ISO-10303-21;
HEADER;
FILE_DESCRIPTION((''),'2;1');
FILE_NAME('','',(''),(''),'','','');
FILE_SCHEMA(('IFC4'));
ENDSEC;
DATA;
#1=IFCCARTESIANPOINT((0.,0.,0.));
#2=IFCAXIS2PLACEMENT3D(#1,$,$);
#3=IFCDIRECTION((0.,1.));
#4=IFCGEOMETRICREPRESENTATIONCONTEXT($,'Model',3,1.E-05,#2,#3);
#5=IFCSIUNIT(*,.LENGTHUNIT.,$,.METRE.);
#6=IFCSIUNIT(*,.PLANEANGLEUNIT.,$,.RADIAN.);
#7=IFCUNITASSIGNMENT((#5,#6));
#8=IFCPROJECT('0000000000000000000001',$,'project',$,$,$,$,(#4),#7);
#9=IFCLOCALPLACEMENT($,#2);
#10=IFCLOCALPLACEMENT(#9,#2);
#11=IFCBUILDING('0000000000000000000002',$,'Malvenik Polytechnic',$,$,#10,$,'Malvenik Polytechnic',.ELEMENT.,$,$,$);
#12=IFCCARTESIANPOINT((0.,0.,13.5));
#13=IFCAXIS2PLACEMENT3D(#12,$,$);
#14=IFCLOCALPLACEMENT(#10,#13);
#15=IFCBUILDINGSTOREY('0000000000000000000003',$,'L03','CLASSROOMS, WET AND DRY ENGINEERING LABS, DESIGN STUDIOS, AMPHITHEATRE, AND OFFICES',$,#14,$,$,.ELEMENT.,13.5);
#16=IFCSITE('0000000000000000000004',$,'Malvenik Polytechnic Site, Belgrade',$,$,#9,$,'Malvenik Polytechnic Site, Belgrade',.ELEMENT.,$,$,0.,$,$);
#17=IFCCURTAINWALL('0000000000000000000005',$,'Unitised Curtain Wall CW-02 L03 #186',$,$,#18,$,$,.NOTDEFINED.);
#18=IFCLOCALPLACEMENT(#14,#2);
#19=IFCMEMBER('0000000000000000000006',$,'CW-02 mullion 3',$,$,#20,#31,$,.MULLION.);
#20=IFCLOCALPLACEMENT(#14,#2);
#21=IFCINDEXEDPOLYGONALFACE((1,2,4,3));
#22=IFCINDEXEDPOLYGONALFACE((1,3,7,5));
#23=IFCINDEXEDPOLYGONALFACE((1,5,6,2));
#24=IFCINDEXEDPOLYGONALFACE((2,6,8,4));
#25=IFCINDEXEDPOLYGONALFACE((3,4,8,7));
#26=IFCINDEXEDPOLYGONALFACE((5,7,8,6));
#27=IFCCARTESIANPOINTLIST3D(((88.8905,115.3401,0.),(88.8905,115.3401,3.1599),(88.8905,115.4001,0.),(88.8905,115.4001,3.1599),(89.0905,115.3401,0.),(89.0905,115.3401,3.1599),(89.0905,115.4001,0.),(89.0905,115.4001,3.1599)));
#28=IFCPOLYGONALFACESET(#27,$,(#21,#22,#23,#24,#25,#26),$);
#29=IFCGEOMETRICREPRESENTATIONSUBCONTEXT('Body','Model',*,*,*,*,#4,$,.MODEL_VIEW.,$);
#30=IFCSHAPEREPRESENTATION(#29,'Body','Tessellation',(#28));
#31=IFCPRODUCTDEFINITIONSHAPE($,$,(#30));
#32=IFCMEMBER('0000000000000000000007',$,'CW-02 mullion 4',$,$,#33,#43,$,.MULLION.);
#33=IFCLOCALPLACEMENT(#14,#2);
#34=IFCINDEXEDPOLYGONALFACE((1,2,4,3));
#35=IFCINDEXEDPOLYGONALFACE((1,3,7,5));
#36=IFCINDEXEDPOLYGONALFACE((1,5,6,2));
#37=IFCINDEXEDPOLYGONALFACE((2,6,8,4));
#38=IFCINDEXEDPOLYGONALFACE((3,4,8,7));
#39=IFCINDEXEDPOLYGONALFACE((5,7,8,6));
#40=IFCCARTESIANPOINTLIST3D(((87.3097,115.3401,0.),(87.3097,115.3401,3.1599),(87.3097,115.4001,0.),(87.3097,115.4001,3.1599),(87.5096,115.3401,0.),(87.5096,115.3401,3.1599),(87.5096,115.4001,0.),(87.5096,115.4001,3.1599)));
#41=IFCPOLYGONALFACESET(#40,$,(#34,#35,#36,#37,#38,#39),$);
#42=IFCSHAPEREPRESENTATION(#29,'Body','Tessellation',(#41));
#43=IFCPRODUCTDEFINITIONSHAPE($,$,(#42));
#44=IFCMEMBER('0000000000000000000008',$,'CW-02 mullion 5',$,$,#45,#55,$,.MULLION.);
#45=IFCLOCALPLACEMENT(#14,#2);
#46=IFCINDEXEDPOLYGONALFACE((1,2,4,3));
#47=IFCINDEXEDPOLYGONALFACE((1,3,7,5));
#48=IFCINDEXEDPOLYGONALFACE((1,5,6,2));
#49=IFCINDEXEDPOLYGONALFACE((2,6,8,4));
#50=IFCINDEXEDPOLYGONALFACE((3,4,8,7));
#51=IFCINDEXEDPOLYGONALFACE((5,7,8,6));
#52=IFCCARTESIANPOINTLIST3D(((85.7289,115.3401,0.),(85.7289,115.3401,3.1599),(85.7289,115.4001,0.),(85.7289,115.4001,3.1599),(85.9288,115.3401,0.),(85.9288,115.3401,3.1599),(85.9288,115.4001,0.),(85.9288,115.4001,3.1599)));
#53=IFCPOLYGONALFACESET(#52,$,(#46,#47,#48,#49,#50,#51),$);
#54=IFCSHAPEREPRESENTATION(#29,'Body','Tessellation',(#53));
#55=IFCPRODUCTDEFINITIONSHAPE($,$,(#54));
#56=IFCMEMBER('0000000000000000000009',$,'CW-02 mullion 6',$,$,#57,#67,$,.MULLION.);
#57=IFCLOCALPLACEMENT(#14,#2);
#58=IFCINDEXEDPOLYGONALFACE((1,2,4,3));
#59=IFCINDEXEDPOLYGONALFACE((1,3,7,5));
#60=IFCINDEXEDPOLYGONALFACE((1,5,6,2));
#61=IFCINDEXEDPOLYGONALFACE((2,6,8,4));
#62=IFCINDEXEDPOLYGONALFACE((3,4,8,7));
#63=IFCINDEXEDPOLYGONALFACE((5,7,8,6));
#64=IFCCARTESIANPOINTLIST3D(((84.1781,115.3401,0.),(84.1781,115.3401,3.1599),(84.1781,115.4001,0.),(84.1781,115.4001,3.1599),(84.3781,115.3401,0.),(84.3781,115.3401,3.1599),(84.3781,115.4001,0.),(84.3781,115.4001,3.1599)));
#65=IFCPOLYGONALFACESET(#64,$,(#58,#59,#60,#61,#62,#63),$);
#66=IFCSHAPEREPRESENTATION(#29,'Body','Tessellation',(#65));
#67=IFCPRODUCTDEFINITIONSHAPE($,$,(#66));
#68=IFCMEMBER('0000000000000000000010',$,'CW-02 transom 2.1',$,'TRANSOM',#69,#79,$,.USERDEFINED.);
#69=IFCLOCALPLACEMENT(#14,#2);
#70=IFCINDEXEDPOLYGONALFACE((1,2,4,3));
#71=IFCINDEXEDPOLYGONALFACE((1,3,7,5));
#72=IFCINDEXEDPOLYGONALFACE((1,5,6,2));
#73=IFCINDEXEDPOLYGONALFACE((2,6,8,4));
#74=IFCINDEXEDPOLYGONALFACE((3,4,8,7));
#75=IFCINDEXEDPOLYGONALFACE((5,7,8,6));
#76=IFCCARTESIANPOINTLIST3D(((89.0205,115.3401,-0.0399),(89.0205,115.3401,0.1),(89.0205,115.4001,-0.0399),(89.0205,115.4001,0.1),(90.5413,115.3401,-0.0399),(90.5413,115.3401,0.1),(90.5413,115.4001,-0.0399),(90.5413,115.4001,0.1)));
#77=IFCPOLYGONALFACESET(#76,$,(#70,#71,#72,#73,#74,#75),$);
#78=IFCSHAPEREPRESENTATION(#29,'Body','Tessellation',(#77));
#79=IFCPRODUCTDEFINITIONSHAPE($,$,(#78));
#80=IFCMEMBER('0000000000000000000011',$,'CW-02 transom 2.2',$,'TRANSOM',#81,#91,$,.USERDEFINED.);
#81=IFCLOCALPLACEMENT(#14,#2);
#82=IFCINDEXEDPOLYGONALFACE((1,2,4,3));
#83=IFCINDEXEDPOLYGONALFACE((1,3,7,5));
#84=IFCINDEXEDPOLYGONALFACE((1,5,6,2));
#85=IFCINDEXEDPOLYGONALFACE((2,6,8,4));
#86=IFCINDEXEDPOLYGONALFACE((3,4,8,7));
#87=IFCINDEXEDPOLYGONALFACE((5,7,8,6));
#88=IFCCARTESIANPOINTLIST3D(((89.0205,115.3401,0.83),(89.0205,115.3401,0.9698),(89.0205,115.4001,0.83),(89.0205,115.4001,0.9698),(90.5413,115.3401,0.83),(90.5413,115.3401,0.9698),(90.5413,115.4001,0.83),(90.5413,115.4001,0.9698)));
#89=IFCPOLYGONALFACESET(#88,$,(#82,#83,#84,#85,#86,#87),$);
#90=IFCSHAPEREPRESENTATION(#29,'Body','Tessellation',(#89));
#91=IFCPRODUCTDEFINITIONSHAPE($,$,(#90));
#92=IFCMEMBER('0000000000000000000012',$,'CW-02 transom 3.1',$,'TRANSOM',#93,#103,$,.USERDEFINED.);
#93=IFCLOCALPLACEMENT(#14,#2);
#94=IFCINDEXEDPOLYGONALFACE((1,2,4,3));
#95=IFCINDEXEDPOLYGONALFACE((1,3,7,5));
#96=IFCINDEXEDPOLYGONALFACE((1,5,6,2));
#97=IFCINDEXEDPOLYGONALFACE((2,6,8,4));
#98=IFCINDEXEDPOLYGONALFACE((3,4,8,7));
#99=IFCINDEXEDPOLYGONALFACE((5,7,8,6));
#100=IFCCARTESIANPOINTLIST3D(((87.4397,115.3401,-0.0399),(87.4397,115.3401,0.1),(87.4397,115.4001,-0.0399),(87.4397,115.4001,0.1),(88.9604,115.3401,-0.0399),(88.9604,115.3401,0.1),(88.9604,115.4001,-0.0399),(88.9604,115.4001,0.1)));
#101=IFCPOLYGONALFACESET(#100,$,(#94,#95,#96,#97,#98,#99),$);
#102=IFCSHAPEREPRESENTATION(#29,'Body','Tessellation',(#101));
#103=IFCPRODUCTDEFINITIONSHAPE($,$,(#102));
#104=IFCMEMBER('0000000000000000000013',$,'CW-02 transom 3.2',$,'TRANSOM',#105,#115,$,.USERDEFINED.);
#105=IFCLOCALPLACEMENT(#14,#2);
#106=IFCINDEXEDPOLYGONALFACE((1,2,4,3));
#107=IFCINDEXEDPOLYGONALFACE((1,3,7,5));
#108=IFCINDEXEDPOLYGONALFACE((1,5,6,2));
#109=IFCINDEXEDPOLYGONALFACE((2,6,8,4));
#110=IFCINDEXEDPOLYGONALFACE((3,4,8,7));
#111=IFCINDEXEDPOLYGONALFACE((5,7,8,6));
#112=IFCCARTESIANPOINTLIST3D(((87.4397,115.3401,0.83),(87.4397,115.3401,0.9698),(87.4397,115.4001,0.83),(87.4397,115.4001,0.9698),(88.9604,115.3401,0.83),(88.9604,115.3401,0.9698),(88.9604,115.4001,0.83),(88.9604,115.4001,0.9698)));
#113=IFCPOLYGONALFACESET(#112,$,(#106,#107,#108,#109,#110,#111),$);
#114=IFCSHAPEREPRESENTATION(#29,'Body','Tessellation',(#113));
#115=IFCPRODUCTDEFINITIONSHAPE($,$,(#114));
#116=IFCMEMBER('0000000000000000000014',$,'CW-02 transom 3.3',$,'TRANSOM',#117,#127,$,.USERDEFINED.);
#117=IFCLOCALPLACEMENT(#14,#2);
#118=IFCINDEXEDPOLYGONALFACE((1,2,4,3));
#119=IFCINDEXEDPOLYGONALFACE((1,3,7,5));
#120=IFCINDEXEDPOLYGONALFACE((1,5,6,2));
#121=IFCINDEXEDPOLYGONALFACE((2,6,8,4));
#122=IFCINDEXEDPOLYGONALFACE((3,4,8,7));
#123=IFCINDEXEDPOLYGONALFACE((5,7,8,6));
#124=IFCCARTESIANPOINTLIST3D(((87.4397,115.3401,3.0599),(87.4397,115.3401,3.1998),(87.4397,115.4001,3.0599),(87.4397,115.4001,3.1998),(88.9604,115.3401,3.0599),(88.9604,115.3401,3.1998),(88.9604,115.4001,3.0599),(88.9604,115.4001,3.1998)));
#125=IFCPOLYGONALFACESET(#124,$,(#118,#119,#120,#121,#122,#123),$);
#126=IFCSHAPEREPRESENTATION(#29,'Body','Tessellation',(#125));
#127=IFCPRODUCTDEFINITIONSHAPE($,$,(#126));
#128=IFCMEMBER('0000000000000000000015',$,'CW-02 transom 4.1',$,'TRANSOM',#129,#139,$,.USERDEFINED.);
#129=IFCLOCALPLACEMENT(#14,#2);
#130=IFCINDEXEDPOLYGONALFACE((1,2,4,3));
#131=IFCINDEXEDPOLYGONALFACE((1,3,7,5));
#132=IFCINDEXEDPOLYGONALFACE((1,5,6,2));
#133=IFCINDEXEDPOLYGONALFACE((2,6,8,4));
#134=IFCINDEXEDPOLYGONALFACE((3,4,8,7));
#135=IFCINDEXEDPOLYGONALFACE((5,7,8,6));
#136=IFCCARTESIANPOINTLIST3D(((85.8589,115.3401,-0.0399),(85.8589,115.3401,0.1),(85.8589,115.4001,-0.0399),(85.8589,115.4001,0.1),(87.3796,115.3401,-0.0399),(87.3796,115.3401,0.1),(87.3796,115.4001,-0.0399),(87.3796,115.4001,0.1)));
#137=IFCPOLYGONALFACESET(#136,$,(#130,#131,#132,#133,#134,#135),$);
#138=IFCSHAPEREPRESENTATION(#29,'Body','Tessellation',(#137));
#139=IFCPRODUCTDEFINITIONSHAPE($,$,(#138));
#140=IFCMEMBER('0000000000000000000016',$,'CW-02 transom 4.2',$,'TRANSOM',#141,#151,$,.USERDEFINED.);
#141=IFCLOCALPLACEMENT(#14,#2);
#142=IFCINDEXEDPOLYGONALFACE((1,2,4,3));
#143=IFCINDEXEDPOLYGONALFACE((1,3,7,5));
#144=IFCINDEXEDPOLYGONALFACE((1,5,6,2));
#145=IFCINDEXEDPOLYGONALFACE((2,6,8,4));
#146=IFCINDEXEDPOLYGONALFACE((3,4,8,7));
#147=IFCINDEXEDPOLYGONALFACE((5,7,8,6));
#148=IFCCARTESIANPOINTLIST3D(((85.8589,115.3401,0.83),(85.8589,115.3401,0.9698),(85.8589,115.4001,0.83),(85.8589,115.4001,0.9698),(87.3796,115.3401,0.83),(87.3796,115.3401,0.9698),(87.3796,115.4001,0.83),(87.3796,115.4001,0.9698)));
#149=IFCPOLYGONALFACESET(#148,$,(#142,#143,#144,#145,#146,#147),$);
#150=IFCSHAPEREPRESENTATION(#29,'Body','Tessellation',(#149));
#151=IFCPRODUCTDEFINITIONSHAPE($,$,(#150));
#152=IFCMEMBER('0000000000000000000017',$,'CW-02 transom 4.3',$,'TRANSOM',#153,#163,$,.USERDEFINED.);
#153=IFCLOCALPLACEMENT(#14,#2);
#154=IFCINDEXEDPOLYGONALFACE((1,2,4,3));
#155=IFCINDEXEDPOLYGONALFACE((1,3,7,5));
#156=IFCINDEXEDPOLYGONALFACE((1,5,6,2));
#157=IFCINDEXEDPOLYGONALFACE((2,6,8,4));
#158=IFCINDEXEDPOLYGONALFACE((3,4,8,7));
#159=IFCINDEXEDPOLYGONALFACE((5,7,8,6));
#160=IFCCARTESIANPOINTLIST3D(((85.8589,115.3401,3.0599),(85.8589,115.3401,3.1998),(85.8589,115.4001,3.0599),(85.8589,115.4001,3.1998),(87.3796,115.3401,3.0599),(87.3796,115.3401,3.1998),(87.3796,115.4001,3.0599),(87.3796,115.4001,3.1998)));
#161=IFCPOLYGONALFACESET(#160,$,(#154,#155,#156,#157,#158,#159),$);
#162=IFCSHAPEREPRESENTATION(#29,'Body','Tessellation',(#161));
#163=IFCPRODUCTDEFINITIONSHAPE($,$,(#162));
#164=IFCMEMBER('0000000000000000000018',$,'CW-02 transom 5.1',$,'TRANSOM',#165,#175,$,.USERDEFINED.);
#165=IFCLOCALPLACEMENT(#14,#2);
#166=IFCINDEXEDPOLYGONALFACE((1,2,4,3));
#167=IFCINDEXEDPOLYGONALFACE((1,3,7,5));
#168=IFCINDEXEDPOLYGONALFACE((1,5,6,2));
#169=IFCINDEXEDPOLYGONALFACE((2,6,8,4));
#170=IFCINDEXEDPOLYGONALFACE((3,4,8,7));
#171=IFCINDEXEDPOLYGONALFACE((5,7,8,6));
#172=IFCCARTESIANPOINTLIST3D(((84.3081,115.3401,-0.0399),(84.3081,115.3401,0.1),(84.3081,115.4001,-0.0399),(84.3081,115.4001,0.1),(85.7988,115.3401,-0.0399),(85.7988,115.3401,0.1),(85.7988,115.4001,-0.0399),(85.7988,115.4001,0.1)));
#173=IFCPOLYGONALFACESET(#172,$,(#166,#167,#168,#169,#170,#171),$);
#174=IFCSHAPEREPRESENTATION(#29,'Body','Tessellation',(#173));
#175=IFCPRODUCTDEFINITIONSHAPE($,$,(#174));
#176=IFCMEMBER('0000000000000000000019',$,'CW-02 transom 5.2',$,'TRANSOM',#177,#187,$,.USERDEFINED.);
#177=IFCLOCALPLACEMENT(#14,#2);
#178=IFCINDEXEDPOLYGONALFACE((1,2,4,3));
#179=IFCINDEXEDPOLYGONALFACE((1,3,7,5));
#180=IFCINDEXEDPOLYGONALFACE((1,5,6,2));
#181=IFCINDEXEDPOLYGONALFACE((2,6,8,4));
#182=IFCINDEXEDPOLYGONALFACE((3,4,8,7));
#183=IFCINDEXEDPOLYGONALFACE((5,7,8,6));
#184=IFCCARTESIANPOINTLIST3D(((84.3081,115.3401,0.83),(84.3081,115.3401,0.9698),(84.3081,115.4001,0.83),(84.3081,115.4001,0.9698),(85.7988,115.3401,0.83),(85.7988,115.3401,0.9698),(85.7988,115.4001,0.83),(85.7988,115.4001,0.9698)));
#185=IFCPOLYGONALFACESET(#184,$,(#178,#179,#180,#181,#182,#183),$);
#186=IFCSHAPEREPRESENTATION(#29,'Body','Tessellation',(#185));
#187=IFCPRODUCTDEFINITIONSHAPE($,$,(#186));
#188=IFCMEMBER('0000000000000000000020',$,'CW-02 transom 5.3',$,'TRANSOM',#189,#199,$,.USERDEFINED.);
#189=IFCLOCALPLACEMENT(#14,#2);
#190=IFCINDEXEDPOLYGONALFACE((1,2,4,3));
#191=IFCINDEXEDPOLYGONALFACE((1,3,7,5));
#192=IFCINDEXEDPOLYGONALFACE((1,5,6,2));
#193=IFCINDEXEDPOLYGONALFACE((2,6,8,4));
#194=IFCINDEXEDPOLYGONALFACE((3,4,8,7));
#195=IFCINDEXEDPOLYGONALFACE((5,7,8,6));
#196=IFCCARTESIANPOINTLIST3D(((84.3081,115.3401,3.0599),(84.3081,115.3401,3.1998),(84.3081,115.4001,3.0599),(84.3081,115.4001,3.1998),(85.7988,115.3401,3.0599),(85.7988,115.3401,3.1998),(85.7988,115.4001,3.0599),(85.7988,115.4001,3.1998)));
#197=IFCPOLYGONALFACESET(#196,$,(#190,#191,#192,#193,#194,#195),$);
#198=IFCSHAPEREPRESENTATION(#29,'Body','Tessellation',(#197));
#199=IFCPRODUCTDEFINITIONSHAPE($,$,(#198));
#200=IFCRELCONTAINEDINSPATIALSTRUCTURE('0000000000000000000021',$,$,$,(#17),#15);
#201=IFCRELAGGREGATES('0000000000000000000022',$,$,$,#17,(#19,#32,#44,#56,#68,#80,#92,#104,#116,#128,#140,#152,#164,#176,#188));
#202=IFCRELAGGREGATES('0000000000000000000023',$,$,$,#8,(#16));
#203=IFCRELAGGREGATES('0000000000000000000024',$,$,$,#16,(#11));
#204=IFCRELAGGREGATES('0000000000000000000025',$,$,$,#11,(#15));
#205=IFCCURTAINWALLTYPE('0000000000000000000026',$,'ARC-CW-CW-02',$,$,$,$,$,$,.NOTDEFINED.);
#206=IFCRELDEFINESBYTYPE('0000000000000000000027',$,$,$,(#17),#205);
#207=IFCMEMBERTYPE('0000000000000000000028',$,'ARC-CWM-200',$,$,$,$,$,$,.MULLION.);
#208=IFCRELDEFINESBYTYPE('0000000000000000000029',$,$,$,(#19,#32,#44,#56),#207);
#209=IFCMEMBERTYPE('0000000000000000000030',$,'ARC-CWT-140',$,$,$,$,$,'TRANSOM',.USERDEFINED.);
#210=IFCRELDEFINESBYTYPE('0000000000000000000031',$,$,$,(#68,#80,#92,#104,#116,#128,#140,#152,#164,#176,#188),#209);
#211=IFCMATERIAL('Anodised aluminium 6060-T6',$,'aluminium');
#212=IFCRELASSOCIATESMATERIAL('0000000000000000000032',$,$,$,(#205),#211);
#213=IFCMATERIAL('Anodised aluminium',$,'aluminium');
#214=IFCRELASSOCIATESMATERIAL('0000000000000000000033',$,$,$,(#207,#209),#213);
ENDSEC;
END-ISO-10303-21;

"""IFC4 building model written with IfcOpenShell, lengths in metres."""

from ifc_helpers import new_model, si_unit, direction, frame, origin, origin_2d, place, context, subcontext, project, spatial, rectangle, extrude, material, material_profile, profile_set, type_object, element, aggregate, save


model = new_model("IFC4")

# Units and contexts
model_context = context("Model", 3, precision=1e-05, world=origin(), true_north=direction((0.0, 1.0)))
body_context = subcontext(model_context, "Body", "Model", "MODEL_VIEW")
ifc_project = project(units=[si_unit("LENGTHUNIT", "METRE"), si_unit("PLANEANGLEUNIT", "RADIAN")], contexts=[model_context])

# Site, building, storey
site_placement = place(None, origin())
site = spatial("IfcSite", under=ifc_project, at=site_placement, Name="Malvenik Polytechnic Site, Belgrade", LongName="Malvenik Polytechnic Site, Belgrade", CompositionType="ELEMENT", RefElevation=0.0)
building_placement = place(site_placement, origin())
building = spatial("IfcBuilding", under=site, at=building_placement, Name="Malvenik Polytechnic", LongName="Malvenik Polytechnic", CompositionType="ELEMENT")
storey_placement = place(building_placement, frame((0.0, 0.0, 13.5)))
storey = spatial("IfcBuildingStorey", under=building, at=storey_placement, Name="L03", Description="CLASSROOMS, WET AND DRY ENGINEERING LABS, DESIGN STUDIOS, AMPHITHEATRE, AND OFFICES", CompositionType="ELEMENT", Elevation=13.5)

# Curtain wall, members
ifc_material_1 = material(Name="Anodised aluminium 6060-T6", Category="aluminium")
curtain_wall_type = type_object("IfcCurtainWallType", Name="ARC-CW-CW-02", PredefinedType="NOTDEFINED", material=ifc_material_1)
curtain_wall_placement = place(storey_placement, origin())
curtain_wall = element("IfcCurtainWall", 1, at=curtain_wall_placement, inside=storey, type_object=curtain_wall_type, Name="Unitised Curtain Wall CW-02 L03 #186", PredefinedType="NOTDEFINED")
ifc_material_2 = material(Name="Anodised aluminium", Category="aluminium")
ifc_material_profile_1 = material_profile(ifc_material_2, rectangle(XDim=0.0601, YDim=0.2, at=origin_2d()), Name="ALU MULLION 60x200")
ifc_profile_set_1 = profile_set([ifc_material_profile_1], Name="Anodised aluminium")
member_type_1 = type_object("IfcMemberType", Name="ARC-CWM-200", PredefinedType="MULLION", material=ifc_profile_set_1)
member_1_placement = place(storey_placement, frame((88.9905, 115.3701, 0.0), z_axis=(0.0, 0.0, 1.0), x_axis=(0.0, -1.0, 0.0)))
member_1 = element("IfcMember", 2, at=member_1_placement, type_object=member_type_1, Name="CW-02 mullion 3", PredefinedType="MULLION", context=body_context, shape_type="SweptSolid", body=[
    extrude(rectangle(XDim=0.0601, YDim=0.2, at=origin_2d()), origin(), (0.0, 0.0, 1.0), 3.1599),
])
member_2_placement = place(storey_placement, frame((87.4097, 115.3701, 0.0), z_axis=(0.0, 0.0, 1.0), x_axis=(0.0, -1.0, 0.0)))
member_2 = element("IfcMember", 3, at=member_2_placement, type_object=member_type_1, Name="CW-02 mullion 4", PredefinedType="MULLION", context=body_context, shape_type="SweptSolid", body=[
    extrude(rectangle(XDim=0.0601, YDim=0.2, at=origin_2d()), origin(), (0.0, 0.0, 1.0), 3.1599),
])
member_3_placement = place(storey_placement, frame((85.8289, 115.3701, 0.0), z_axis=(0.0, 0.0, 1.0), x_axis=(0.0, -1.0, 0.0)))
member_3 = element("IfcMember", 4, at=member_3_placement, type_object=member_type_1, Name="CW-02 mullion 5", PredefinedType="MULLION", context=body_context, shape_type="SweptSolid", body=[
    extrude(rectangle(XDim=0.0601, YDim=0.2, at=origin_2d()), origin(), (0.0, 0.0, 1.0), 3.1599),
])
member_4_placement = place(storey_placement, frame((84.2781, 115.3701, 0.0), z_axis=(0.0, 0.0, 1.0), x_axis=(0.0, -1.0, 0.0)))
member_4 = element("IfcMember", 5, at=member_4_placement, type_object=member_type_1, Name="CW-02 mullion 6", PredefinedType="MULLION", context=body_context, shape_type="SweptSolid", body=[
    extrude(rectangle(XDim=0.0601, YDim=0.2, at=origin_2d()), origin(), (0.0, 0.0, 1.0), 3.1599),
])
ifc_material_profile_2 = material_profile(ifc_material_2, rectangle(XDim=0.0601, YDim=0.1399, at=origin_2d()), Name="ALU TRANSOM 60x140")
ifc_profile_set_2 = profile_set([ifc_material_profile_2], Name="Anodised aluminium")
member_type_2 = type_object("IfcMemberType", Name="ARC-CWT-140", ElementType="TRANSOM", PredefinedType="USERDEFINED", material=ifc_profile_set_2)
member_5_placement = place(storey_placement, frame((90.5413, 115.3701, 0.03), z_axis=(-1.0, 0.0, 0.0), x_axis=(0.0, -1.0, 0.0)))
member_5 = element("IfcMember", 6, at=member_5_placement, type_object=member_type_2, Name="CW-02 transom 2.1", ObjectType="TRANSOM", PredefinedType="USERDEFINED", context=body_context, shape_type="SweptSolid", body=[
    extrude(rectangle(XDim=0.0601, YDim=0.1399, at=origin_2d()), origin(), (0.0, 0.0, 1.0), 1.5208),
])
member_6_placement = place(storey_placement, frame((90.5413, 115.3701, 0.8999), z_axis=(-1.0, 0.0, 0.0), x_axis=(0.0, -1.0, 0.0)))
member_6 = element("IfcMember", 7, at=member_6_placement, type_object=member_type_2, Name="CW-02 transom 2.2", ObjectType="TRANSOM", PredefinedType="USERDEFINED", context=body_context, shape_type="SweptSolid", body=[
    extrude(rectangle(XDim=0.0601, YDim=0.1399, at=origin_2d()), origin(), (0.0, 0.0, 1.0), 1.5208),
])
member_7_placement = place(storey_placement, frame((88.9604, 115.3701, 0.03), z_axis=(-1.0, 0.0, 0.0), x_axis=(0.0, -1.0, 0.0)))
member_7 = element("IfcMember", 8, at=member_7_placement, type_object=member_type_2, Name="CW-02 transom 3.1", ObjectType="TRANSOM", PredefinedType="USERDEFINED", context=body_context, shape_type="SweptSolid", body=[
    extrude(rectangle(XDim=0.0601, YDim=0.1399, at=origin_2d()), origin(), (0.0, 0.0, 1.0), 1.5208),
])
member_8_placement = place(storey_placement, frame((88.9604, 115.3701, 0.8999), z_axis=(-1.0, 0.0, 0.0), x_axis=(0.0, -1.0, 0.0)))
member_8 = element("IfcMember", 9, at=member_8_placement, type_object=member_type_2, Name="CW-02 transom 3.2", ObjectType="TRANSOM", PredefinedType="USERDEFINED", context=body_context, shape_type="SweptSolid", body=[
    extrude(rectangle(XDim=0.0601, YDim=0.1399, at=origin_2d()), origin(), (0.0, 0.0, 1.0), 1.5208),
])
member_9_placement = place(storey_placement, frame((88.9604, 115.3701, 3.1299), z_axis=(-1.0, 0.0, 0.0), x_axis=(0.0, -1.0, 0.0)))
member_9 = element("IfcMember", 10, at=member_9_placement, type_object=member_type_2, Name="CW-02 transom 3.3", ObjectType="TRANSOM", PredefinedType="USERDEFINED", context=body_context, shape_type="SweptSolid", body=[
    extrude(rectangle(XDim=0.0601, YDim=0.1399, at=origin_2d()), origin(), (0.0, 0.0, 1.0), 1.5208),
])
member_10_placement = place(storey_placement, frame((87.3796, 115.3701, 0.03), z_axis=(-1.0, 0.0, 0.0), x_axis=(0.0, -1.0, 0.0)))
member_10 = element("IfcMember", 11, at=member_10_placement, type_object=member_type_2, Name="CW-02 transom 4.1", ObjectType="TRANSOM", PredefinedType="USERDEFINED", context=body_context, shape_type="SweptSolid", body=[
    extrude(rectangle(XDim=0.0601, YDim=0.1399, at=origin_2d()), origin(), (0.0, 0.0, 1.0), 1.5208),
])
member_11_placement = place(storey_placement, frame((87.3796, 115.3701, 0.8999), z_axis=(-1.0, 0.0, 0.0), x_axis=(0.0, -1.0, 0.0)))
member_11 = element("IfcMember", 12, at=member_11_placement, type_object=member_type_2, Name="CW-02 transom 4.2", ObjectType="TRANSOM", PredefinedType="USERDEFINED", context=body_context, shape_type="SweptSolid", body=[
    extrude(rectangle(XDim=0.0601, YDim=0.1399, at=origin_2d()), origin(), (0.0, 0.0, 1.0), 1.5208),
])
member_12_placement = place(storey_placement, frame((87.3796, 115.3701, 3.1299), z_axis=(-1.0, 0.0, 0.0), x_axis=(0.0, -1.0, 0.0)))
member_12 = element("IfcMember", 13, at=member_12_placement, type_object=member_type_2, Name="CW-02 transom 4.3", ObjectType="TRANSOM", PredefinedType="USERDEFINED", context=body_context, shape_type="SweptSolid", body=[
    extrude(rectangle(XDim=0.0601, YDim=0.1399, at=origin_2d()), origin(), (0.0, 0.0, 1.0), 1.5208),
])
member_13_placement = place(storey_placement, frame((85.7988, 115.3701, 0.03), z_axis=(-1.0, 0.0, 0.0), x_axis=(0.0, -1.0, 0.0)))
member_13 = element("IfcMember", 14, at=member_13_placement, type_object=member_type_2, Name="CW-02 transom 5.1", ObjectType="TRANSOM", PredefinedType="USERDEFINED", context=body_context, shape_type="SweptSolid", body=[
    extrude(rectangle(XDim=0.0601, YDim=0.1399, at=origin_2d()), origin(), (0.0, 0.0, 1.0), 1.4907),
])
member_14_placement = place(storey_placement, frame((85.7988, 115.3701, 0.8999), z_axis=(-1.0, 0.0, 0.0), x_axis=(0.0, -1.0, 0.0)))
member_14 = element("IfcMember", 15, at=member_14_placement, type_object=member_type_2, Name="CW-02 transom 5.2", ObjectType="TRANSOM", PredefinedType="USERDEFINED", context=body_context, shape_type="SweptSolid", body=[
    extrude(rectangle(XDim=0.0601, YDim=0.1399, at=origin_2d()), origin(), (0.0, 0.0, 1.0), 1.4907),
])
member_15_placement = place(storey_placement, frame((85.7988, 115.3701, 3.1299), z_axis=(-1.0, 0.0, 0.0), x_axis=(0.0, -1.0, 0.0)))
member_15 = element("IfcMember", 16, at=member_15_placement, type_object=member_type_2, Name="CW-02 transom 5.3", ObjectType="TRANSOM", PredefinedType="USERDEFINED", context=body_context, shape_type="SweptSolid", body=[
    extrude(rectangle(XDim=0.0601, YDim=0.1399, at=origin_2d()), origin(), (0.0, 0.0, 1.0), 1.4907),
])

aggregate(curtain_wall, [member_1, member_2, member_3, member_4, member_5, member_6, member_7, member_8, member_9, member_10, member_11, member_12, member_13, member_14, member_15])

save(model, "model.ifc")
